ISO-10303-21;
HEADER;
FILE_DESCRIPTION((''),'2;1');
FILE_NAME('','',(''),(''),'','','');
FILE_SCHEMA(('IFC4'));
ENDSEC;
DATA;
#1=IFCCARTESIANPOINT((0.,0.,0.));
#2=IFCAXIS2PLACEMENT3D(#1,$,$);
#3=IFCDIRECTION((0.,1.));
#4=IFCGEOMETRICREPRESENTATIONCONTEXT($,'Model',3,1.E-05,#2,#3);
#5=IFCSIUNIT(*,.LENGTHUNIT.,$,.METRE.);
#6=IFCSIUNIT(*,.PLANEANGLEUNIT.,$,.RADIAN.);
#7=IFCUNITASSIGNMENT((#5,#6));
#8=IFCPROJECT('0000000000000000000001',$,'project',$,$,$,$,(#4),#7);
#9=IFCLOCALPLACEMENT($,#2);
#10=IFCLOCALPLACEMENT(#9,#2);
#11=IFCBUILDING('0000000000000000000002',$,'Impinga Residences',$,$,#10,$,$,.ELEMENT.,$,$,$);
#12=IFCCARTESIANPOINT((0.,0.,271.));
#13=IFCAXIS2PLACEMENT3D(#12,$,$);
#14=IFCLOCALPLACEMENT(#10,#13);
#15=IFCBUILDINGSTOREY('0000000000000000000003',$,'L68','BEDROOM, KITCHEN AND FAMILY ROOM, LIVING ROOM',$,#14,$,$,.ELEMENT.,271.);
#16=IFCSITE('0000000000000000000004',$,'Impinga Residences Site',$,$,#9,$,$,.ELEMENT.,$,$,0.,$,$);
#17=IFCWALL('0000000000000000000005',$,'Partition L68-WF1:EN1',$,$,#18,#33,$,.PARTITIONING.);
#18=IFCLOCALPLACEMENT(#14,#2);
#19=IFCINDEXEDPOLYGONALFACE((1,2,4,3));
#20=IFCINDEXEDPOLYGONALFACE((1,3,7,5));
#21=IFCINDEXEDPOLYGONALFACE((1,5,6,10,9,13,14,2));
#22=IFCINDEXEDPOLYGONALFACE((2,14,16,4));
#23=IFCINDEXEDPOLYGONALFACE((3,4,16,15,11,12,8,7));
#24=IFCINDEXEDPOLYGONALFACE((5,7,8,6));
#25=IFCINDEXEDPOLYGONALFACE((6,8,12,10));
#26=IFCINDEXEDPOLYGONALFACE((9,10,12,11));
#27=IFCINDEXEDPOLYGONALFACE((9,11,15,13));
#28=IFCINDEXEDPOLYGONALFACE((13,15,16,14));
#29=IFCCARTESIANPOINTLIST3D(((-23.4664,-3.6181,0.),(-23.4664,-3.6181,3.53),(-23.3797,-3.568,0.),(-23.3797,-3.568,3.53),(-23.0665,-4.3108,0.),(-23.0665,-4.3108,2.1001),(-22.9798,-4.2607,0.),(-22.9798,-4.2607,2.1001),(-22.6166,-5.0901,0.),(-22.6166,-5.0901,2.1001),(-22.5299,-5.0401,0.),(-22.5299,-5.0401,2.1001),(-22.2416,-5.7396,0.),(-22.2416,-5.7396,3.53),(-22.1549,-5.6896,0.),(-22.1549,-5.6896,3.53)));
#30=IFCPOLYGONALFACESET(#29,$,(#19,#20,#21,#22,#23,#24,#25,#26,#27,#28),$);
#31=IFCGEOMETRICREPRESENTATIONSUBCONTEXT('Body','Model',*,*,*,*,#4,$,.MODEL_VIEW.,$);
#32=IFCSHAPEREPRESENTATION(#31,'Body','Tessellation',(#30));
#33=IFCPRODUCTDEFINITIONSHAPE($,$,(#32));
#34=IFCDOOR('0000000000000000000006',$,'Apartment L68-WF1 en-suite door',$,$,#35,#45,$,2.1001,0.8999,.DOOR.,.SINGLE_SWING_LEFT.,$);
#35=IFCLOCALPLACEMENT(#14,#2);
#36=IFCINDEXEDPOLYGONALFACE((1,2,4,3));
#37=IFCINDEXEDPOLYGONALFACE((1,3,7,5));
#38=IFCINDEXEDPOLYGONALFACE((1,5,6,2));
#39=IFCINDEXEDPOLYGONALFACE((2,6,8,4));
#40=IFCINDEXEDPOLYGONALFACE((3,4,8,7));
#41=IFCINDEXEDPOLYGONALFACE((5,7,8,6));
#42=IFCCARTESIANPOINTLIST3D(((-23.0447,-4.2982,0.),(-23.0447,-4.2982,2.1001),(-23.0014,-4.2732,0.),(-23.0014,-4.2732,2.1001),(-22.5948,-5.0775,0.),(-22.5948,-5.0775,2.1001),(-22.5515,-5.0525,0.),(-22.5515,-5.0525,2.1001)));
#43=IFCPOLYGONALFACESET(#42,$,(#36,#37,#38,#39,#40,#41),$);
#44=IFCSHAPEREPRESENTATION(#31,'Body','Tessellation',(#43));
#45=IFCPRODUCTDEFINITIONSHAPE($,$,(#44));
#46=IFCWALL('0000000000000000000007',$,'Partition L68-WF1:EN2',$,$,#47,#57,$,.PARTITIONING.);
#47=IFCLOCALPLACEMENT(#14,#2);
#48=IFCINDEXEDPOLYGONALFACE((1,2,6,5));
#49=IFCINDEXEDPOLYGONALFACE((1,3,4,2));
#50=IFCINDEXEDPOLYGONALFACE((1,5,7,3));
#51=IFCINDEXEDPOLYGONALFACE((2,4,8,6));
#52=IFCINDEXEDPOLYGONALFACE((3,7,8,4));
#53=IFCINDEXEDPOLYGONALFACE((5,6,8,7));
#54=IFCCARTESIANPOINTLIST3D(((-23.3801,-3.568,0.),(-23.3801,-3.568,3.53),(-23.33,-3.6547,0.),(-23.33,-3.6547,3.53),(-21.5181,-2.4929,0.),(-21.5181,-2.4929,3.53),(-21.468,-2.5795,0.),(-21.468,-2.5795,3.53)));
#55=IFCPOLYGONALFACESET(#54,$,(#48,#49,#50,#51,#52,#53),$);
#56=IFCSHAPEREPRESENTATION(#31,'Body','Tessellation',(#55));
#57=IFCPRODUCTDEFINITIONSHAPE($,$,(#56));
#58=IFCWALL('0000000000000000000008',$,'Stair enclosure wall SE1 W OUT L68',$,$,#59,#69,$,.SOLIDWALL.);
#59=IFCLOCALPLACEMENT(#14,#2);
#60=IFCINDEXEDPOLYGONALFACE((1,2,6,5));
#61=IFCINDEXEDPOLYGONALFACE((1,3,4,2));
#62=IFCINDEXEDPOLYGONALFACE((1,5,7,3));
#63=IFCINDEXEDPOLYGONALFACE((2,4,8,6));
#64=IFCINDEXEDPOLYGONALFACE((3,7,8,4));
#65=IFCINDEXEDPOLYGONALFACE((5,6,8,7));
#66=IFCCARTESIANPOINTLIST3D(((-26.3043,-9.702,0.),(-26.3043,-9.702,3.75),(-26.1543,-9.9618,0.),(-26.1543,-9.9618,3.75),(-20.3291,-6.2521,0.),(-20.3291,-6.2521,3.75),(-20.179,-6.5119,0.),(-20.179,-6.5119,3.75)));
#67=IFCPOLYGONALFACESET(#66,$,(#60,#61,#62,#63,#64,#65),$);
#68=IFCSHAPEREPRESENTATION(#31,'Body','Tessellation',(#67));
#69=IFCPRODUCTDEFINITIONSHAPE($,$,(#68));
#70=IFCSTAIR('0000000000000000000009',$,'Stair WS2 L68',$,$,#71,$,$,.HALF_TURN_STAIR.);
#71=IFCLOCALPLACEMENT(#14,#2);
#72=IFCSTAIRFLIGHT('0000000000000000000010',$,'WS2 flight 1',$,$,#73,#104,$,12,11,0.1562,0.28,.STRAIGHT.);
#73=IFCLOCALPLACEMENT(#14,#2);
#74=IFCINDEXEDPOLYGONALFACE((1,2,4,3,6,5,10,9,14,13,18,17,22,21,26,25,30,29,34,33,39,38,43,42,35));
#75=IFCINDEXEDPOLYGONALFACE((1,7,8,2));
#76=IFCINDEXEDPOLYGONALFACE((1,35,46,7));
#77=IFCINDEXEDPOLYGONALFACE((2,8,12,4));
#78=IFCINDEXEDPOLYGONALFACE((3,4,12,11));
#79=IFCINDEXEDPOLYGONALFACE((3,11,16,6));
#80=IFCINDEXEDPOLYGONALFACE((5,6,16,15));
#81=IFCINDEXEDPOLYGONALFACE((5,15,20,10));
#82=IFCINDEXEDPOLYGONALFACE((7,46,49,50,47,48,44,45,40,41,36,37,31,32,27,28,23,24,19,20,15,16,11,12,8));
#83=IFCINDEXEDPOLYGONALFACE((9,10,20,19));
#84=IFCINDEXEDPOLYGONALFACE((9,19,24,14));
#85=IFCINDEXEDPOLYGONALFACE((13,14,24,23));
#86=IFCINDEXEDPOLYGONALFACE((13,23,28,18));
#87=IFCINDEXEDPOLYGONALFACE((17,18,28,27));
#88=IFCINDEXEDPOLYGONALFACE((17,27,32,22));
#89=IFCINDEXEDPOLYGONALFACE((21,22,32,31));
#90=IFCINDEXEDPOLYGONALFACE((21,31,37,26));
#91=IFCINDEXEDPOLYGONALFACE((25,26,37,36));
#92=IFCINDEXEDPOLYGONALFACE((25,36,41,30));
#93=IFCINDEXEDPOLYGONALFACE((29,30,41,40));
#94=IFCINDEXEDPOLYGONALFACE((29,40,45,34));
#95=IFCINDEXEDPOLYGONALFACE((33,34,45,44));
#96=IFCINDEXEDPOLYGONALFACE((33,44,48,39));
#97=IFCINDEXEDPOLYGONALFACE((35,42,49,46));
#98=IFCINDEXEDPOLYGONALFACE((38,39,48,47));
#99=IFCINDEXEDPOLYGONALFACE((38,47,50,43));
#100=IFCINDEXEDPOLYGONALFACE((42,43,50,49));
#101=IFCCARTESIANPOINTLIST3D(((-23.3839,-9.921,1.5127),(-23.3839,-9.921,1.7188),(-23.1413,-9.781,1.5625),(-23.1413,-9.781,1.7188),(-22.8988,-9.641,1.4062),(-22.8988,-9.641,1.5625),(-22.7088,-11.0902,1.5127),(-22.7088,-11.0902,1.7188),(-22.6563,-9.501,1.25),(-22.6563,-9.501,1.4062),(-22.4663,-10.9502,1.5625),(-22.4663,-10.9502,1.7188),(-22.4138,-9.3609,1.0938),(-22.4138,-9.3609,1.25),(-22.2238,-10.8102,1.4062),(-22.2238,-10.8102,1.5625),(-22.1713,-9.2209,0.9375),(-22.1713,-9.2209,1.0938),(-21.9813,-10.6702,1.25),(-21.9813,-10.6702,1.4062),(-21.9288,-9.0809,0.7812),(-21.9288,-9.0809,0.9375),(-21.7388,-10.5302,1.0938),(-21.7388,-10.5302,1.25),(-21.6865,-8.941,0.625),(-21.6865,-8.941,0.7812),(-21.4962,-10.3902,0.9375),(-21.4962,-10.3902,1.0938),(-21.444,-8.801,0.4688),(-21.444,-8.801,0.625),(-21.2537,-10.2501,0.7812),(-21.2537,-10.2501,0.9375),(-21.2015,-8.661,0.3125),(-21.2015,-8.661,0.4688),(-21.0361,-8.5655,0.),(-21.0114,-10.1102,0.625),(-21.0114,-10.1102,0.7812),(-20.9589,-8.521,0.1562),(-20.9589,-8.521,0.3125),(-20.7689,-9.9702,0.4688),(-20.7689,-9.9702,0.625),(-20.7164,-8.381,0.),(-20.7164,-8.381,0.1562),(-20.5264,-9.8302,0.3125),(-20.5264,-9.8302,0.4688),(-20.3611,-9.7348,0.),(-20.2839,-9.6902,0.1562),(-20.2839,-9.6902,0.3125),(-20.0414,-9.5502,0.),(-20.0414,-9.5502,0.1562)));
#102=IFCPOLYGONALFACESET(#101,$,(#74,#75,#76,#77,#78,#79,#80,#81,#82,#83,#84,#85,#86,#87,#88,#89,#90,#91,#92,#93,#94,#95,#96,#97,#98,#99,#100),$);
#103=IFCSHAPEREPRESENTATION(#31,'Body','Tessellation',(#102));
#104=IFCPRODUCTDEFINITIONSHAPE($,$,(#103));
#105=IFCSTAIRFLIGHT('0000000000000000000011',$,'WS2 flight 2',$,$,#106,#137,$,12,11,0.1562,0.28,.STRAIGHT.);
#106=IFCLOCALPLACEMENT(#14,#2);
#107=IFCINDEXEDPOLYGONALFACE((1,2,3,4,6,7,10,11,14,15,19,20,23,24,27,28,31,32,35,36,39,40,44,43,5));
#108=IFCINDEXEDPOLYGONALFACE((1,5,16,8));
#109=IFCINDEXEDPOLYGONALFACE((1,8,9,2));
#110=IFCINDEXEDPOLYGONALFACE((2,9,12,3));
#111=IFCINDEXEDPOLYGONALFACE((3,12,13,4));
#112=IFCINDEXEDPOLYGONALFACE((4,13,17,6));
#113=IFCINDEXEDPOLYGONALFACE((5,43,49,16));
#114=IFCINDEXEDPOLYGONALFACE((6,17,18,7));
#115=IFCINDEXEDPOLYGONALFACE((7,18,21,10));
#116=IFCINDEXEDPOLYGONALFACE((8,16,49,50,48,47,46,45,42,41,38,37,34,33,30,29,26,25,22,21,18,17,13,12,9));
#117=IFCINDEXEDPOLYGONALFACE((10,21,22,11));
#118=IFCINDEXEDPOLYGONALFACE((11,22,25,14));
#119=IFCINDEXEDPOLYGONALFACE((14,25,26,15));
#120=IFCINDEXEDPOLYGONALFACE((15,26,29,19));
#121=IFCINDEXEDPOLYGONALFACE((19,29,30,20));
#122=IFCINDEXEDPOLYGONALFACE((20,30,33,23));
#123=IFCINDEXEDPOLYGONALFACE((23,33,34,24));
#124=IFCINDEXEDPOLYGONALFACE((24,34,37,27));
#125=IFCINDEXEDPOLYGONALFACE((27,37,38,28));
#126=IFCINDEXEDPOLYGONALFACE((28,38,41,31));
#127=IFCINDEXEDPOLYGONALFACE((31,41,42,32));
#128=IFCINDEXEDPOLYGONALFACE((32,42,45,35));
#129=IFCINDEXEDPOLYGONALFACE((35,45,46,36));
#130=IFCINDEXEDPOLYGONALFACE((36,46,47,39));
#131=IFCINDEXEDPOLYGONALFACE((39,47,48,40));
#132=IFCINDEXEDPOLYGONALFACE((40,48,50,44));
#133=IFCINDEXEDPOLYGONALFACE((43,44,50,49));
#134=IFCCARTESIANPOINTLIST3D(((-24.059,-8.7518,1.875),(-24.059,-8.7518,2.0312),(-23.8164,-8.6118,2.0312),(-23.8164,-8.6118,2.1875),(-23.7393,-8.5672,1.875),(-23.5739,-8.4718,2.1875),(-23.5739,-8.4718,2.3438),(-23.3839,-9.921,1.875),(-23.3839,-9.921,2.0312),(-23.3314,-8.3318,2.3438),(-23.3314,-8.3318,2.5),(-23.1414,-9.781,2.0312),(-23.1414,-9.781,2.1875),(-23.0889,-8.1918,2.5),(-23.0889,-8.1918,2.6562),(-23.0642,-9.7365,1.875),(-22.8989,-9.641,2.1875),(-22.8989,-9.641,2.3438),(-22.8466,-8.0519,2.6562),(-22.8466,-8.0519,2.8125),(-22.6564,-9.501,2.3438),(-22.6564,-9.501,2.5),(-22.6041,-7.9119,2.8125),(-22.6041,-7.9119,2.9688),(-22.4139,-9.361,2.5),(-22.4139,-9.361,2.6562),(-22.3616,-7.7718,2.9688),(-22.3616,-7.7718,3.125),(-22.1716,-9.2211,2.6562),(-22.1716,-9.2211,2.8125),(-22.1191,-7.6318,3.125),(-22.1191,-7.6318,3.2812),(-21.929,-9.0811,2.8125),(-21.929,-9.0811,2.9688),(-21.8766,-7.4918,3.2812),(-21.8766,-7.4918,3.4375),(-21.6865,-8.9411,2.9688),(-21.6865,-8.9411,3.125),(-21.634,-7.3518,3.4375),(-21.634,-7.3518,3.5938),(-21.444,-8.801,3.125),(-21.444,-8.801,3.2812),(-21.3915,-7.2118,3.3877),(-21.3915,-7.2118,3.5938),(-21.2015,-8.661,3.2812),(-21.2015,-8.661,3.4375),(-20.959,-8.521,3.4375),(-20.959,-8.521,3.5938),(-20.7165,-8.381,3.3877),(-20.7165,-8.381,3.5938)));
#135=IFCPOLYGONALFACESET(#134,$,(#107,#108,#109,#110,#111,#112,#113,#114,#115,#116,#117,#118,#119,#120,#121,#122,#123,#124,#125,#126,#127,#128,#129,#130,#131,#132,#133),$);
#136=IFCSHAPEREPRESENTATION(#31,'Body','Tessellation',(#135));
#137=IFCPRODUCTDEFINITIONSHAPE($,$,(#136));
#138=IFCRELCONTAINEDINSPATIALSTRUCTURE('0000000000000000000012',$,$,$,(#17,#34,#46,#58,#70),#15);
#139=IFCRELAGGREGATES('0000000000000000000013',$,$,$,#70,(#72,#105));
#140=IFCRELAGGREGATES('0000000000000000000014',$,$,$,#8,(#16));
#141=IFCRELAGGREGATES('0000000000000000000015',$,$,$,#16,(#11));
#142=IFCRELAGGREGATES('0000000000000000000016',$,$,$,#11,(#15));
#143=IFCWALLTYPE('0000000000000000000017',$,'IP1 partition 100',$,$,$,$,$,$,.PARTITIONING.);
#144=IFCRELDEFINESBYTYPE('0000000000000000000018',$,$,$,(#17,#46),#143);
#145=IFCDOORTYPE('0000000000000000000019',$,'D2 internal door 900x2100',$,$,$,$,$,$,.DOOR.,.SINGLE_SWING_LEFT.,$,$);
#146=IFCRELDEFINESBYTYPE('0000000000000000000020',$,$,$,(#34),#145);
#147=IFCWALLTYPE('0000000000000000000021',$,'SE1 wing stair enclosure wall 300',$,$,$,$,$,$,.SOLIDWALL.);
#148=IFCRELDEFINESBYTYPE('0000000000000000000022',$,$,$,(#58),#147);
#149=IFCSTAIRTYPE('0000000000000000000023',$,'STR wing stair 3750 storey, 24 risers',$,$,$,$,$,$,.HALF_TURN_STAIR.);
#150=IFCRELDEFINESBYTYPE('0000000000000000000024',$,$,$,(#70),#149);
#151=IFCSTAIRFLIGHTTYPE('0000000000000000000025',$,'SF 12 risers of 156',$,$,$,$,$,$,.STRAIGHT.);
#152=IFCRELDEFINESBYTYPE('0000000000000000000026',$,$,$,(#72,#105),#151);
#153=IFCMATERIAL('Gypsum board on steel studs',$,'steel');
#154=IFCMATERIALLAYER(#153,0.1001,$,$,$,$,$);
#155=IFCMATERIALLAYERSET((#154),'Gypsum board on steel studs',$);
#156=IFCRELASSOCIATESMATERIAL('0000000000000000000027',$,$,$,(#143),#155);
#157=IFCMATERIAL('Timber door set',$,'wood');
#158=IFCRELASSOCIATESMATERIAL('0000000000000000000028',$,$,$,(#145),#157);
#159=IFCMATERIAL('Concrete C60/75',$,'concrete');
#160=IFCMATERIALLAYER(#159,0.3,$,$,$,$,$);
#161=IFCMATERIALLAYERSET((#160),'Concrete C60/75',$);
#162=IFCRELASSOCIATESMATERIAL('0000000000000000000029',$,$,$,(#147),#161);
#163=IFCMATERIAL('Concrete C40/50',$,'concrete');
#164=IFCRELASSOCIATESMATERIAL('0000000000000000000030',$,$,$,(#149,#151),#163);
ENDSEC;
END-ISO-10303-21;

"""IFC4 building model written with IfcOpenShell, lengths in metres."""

from ifc_helpers import new_model, si_unit, direction, frame, frame_2d, origin, place, context, subcontext, project, spatial, polyline, rectangle, outline, extrude, material, layer, layer_set, type_object, element, fill, aggregate, save


model = new_model("IFC4")

# Units and contexts
model_context = context("Model", 3, precision=1e-05, world=origin(), true_north=direction((0.0, 1.0)))
body_context = subcontext(model_context, "Body", "Model", "MODEL_VIEW")
ifc_project = project(units=[si_unit("LENGTHUNIT", "METRE"), si_unit("PLANEANGLEUNIT", "RADIAN")], contexts=[model_context])

# Site, building, storey
site_placement = place(None, origin())
site = spatial("IfcSite", under=ifc_project, at=site_placement, Name="Impinga Residences Site", CompositionType="ELEMENT", RefElevation=0.0)
building_placement = place(site_placement, origin())
building = spatial("IfcBuilding", under=site, at=building_placement, Name="Impinga Residences", CompositionType="ELEMENT")
storey_placement = place(building_placement, frame((0.0, 0.0, 271.0)))
storey = spatial("IfcBuildingStorey", under=building, at=storey_placement, Name="L68", Description="BEDROOM, KITCHEN AND FAMILY ROOM, LIVING ROOM", CompositionType="ELEMENT", Elevation=271.0)

# Shared definitions
ifc_material_1 = material(Name="Concrete C60/75", Category="concrete")

# Shared definitions
ifc_material_2 = material(Name="Gypsum board on steel studs", Category="steel")
ifc_layer_1 = layer(ifc_material_2, 0.1001)
ifc_layer_set_1 = layer_set([ifc_layer_1], Name="Gypsum board on steel studs")
wall_type_1 = type_object("IfcWallType", Name="IP1 partition 100", PredefinedType="PARTITIONING", material=ifc_layer_set_1)

# Wall, opening, door
wall_1_placement = place(storey_placement, frame((-22.1982, -5.7146, 0.0), z_axis=(0.0, 0.0, 1.0), x_axis=(-0.499987, 0.866033, 0.0)))
wall_1 = element("IfcWall", 1, at=wall_1_placement, inside=storey, type_object=wall_type_1, Name="Partition L68-WF1:EN1", PredefinedType="PARTITIONING", context=body_context, shape_type="SweptSolid", body=[
    extrude(rectangle(XDim=2.4497, YDim=0.1001, at=frame_2d((1.2249, 0.0))), origin(), (0.0, 0.0, 1.0), 3.53),
])
opening_1_placement = place(wall_1_placement, frame((0.75, 0.0, 0.0)))
opening_1 = element("IfcOpeningElement", 2, at=opening_1_placement, cuts=wall_1, PredefinedType="OPENING", context=body_context, shape_type="SweptSolid", body=[
    extrude(rectangle(XDim=0.8999, YDim=2.1001, at=frame_2d((0.45, 1.05))), frame((0.0, 0.0601, 0.0), z_axis=(0.0, -1.0, 0.0), x_axis=(1.0, 0.0, 0.0)), (0.0, 0.0, 1.0), 0.1201),
])
ifc_material_3 = material(Name="Timber door set", Category="wood")
door_type = type_object("IfcDoorType", Name="D2 internal door 900x2100", OperationType="SINGLE_SWING_LEFT", PredefinedType="DOOR", material=ifc_material_3)
door_placement = place(opening_1_placement, origin())
door = element("IfcDoor", 3, at=door_placement, inside=storey, type_object=door_type, Name="Apartment L68-WF1 en-suite door", OperationType="SINGLE_SWING_LEFT", OverallHeight=2.1001, OverallWidth=0.8999, PredefinedType="DOOR", context=body_context, shape_type="SweptSolid", body=[
    extrude(rectangle(XDim=0.8999, YDim=2.1001, at=frame_2d((0.45, 1.05))), frame((0.0, 0.0249, 0.0), z_axis=(0.0, -1.0, 0.0), x_axis=(1.0, 0.0, 0.0)), (0.0, 0.0, 1.0), 0.05),
])
fill(opening_1, door)

# Walls
wall_2_placement = place(storey_placement, frame((-21.4929, -2.5361, 0.0), z_axis=(0.0, 0.0, 1.0), x_axis=(-0.865998, -0.500047, 0.0)))
element("IfcWall", 4, at=wall_2_placement, inside=storey, type_object=wall_type_1, Name="Partition L68-WF1:EN2", PredefinedType="PARTITIONING", context=body_context, shape_type="SweptSolid", body=[
    extrude(rectangle(XDim=2.1501, YDim=0.1001, at=frame_2d((1.0752, 0.0))), origin(), (0.0, 0.0, 1.0), 3.53),
])
ifc_layer_2 = layer(ifc_material_1, 0.3)
ifc_layer_set_2 = layer_set([ifc_layer_2], Name="Concrete C60/75")
wall_type_2 = type_object("IfcWallType", Name="SE1 wing stair enclosure wall 300", PredefinedType="SOLIDWALL", material=ifc_layer_set_2)
wall_3_placement = place(storey_placement, frame((-20.2542, -6.3821, 0.0), z_axis=(0.0, 0.0, 1.0), x_axis=(-0.86602, -0.500009, 0.0)))
element("IfcWall", 5, at=wall_3_placement, inside=storey, type_object=wall_type_2, Name="Stair enclosure wall SE1 W OUT L68", PredefinedType="SOLIDWALL", context=body_context, shape_type="SweptSolid", body=[
    extrude(rectangle(XDim=6.8997, YDim=0.3, at=frame_2d((3.4497, 0.0))), origin(), (0.0, 0.0, 1.0), 3.75),
])

# Stair, stair flights
ifc_material_4 = material(Name="Concrete C40/50", Category="concrete")
stair_type = type_object("IfcStairType", Name="STR wing stair 3750 storey, 24 risers", PredefinedType="HALF_TURN_STAIR", material=ifc_material_4)
stair_placement = place(storey_placement, origin())
stair = element("IfcStair", 6, at=stair_placement, inside=storey, type_object=stair_type, Name="Stair WS2 L68", PredefinedType="HALF_TURN_STAIR")
stair_flight_type = type_object("IfcStairFlightType", Name="SF 12 risers of 156", PredefinedType="STRAIGHT", material=ifc_material_4)
stair_flight_1_placement = place(storey_placement, frame((-20.3789, -8.9656, 0.0), z_axis=(0.0, 0.0, 1.0), x_axis=(-0.866025, -0.5, 0.0)))
stair_flight_1 = element("IfcStairFlight", 7, at=stair_flight_1_placement, type_object=stair_flight_type, Name="WS2 flight 1", NumberOfRisers=12, NumberOfTreads=11, PredefinedType="STRAIGHT", RiserHeight=0.1562, TreadLength=0.28, context=body_context, shape_type="SweptSolid", body=[
    extrude(outline(polyline([(0.0, 0.0), (0.0, 0.1562), (0.28, 0.1562), (0.28, 0.3125), (0.5601, 0.3125), (0.5601, 0.4688), (0.8401, 0.4688), (0.8401, 0.625), (1.1201, 0.625), (1.1201, 0.7812), (1.3999, 0.7812), (1.3999, 0.9375), (1.6799, 0.9375), (1.6799, 1.0938), (1.96, 1.0938), (1.96, 1.25), (2.24, 1.25), (2.24, 1.4062), (2.52, 1.4062), (2.52, 1.5625), (2.8, 1.5625), (2.8, 1.7188), (3.0801, 1.7188), (3.0801, 1.875), (3.0801, 1.5127), (0.3691, 0.0), (0.0, 0.0)])), frame((0.0, 0.675, 0.0), z_axis=(0.0, -1.0, 0.0), x_axis=(1.0, 0.0, 0.0)), (0.0, 0.0, 1.0), 1.3501),
])
stair_flight_2_placement = place(storey_placement, frame((-23.7214, -9.3364, 1.875), z_axis=(0.0, 0.0, 1.0), x_axis=(0.866025, 0.5, 0.0)))
stair_flight_2 = element("IfcStairFlight", 8, at=stair_flight_2_placement, type_object=stair_flight_type, Name="WS2 flight 2", NumberOfRisers=12, NumberOfTreads=11, PredefinedType="STRAIGHT", RiserHeight=0.1562, TreadLength=0.28, context=body_context, shape_type="SweptSolid", body=[
    extrude(outline(polyline([(0.0, 0.0), (0.0, 0.1562), (0.28, 0.1562), (0.28, 0.3125), (0.5601, 0.3125), (0.5601, 0.4688), (0.8401, 0.4688), (0.8401, 0.625), (1.1201, 0.625), (1.1201, 0.7812), (1.3999, 0.7812), (1.3999, 0.9375), (1.6799, 0.9375), (1.6799, 1.0938), (1.96, 1.0938), (1.96, 1.25), (2.24, 1.25), (2.24, 1.4062), (2.52, 1.4062), (2.52, 1.5625), (2.8, 1.5625), (2.8, 1.7188), (3.0801, 1.7188), (3.0801, 1.875), (3.0801, 1.5127), (0.3691, 0.0), (0.0, 0.0)])), frame((0.0, 0.675, 0.0), z_axis=(0.0, -1.0, 0.0), x_axis=(1.0, 0.0, 0.0)), (0.0, 0.0, 1.0), 1.3501),
])
aggregate(stair, [stair_flight_1, stair_flight_2])

save(model, "model.ifc")
